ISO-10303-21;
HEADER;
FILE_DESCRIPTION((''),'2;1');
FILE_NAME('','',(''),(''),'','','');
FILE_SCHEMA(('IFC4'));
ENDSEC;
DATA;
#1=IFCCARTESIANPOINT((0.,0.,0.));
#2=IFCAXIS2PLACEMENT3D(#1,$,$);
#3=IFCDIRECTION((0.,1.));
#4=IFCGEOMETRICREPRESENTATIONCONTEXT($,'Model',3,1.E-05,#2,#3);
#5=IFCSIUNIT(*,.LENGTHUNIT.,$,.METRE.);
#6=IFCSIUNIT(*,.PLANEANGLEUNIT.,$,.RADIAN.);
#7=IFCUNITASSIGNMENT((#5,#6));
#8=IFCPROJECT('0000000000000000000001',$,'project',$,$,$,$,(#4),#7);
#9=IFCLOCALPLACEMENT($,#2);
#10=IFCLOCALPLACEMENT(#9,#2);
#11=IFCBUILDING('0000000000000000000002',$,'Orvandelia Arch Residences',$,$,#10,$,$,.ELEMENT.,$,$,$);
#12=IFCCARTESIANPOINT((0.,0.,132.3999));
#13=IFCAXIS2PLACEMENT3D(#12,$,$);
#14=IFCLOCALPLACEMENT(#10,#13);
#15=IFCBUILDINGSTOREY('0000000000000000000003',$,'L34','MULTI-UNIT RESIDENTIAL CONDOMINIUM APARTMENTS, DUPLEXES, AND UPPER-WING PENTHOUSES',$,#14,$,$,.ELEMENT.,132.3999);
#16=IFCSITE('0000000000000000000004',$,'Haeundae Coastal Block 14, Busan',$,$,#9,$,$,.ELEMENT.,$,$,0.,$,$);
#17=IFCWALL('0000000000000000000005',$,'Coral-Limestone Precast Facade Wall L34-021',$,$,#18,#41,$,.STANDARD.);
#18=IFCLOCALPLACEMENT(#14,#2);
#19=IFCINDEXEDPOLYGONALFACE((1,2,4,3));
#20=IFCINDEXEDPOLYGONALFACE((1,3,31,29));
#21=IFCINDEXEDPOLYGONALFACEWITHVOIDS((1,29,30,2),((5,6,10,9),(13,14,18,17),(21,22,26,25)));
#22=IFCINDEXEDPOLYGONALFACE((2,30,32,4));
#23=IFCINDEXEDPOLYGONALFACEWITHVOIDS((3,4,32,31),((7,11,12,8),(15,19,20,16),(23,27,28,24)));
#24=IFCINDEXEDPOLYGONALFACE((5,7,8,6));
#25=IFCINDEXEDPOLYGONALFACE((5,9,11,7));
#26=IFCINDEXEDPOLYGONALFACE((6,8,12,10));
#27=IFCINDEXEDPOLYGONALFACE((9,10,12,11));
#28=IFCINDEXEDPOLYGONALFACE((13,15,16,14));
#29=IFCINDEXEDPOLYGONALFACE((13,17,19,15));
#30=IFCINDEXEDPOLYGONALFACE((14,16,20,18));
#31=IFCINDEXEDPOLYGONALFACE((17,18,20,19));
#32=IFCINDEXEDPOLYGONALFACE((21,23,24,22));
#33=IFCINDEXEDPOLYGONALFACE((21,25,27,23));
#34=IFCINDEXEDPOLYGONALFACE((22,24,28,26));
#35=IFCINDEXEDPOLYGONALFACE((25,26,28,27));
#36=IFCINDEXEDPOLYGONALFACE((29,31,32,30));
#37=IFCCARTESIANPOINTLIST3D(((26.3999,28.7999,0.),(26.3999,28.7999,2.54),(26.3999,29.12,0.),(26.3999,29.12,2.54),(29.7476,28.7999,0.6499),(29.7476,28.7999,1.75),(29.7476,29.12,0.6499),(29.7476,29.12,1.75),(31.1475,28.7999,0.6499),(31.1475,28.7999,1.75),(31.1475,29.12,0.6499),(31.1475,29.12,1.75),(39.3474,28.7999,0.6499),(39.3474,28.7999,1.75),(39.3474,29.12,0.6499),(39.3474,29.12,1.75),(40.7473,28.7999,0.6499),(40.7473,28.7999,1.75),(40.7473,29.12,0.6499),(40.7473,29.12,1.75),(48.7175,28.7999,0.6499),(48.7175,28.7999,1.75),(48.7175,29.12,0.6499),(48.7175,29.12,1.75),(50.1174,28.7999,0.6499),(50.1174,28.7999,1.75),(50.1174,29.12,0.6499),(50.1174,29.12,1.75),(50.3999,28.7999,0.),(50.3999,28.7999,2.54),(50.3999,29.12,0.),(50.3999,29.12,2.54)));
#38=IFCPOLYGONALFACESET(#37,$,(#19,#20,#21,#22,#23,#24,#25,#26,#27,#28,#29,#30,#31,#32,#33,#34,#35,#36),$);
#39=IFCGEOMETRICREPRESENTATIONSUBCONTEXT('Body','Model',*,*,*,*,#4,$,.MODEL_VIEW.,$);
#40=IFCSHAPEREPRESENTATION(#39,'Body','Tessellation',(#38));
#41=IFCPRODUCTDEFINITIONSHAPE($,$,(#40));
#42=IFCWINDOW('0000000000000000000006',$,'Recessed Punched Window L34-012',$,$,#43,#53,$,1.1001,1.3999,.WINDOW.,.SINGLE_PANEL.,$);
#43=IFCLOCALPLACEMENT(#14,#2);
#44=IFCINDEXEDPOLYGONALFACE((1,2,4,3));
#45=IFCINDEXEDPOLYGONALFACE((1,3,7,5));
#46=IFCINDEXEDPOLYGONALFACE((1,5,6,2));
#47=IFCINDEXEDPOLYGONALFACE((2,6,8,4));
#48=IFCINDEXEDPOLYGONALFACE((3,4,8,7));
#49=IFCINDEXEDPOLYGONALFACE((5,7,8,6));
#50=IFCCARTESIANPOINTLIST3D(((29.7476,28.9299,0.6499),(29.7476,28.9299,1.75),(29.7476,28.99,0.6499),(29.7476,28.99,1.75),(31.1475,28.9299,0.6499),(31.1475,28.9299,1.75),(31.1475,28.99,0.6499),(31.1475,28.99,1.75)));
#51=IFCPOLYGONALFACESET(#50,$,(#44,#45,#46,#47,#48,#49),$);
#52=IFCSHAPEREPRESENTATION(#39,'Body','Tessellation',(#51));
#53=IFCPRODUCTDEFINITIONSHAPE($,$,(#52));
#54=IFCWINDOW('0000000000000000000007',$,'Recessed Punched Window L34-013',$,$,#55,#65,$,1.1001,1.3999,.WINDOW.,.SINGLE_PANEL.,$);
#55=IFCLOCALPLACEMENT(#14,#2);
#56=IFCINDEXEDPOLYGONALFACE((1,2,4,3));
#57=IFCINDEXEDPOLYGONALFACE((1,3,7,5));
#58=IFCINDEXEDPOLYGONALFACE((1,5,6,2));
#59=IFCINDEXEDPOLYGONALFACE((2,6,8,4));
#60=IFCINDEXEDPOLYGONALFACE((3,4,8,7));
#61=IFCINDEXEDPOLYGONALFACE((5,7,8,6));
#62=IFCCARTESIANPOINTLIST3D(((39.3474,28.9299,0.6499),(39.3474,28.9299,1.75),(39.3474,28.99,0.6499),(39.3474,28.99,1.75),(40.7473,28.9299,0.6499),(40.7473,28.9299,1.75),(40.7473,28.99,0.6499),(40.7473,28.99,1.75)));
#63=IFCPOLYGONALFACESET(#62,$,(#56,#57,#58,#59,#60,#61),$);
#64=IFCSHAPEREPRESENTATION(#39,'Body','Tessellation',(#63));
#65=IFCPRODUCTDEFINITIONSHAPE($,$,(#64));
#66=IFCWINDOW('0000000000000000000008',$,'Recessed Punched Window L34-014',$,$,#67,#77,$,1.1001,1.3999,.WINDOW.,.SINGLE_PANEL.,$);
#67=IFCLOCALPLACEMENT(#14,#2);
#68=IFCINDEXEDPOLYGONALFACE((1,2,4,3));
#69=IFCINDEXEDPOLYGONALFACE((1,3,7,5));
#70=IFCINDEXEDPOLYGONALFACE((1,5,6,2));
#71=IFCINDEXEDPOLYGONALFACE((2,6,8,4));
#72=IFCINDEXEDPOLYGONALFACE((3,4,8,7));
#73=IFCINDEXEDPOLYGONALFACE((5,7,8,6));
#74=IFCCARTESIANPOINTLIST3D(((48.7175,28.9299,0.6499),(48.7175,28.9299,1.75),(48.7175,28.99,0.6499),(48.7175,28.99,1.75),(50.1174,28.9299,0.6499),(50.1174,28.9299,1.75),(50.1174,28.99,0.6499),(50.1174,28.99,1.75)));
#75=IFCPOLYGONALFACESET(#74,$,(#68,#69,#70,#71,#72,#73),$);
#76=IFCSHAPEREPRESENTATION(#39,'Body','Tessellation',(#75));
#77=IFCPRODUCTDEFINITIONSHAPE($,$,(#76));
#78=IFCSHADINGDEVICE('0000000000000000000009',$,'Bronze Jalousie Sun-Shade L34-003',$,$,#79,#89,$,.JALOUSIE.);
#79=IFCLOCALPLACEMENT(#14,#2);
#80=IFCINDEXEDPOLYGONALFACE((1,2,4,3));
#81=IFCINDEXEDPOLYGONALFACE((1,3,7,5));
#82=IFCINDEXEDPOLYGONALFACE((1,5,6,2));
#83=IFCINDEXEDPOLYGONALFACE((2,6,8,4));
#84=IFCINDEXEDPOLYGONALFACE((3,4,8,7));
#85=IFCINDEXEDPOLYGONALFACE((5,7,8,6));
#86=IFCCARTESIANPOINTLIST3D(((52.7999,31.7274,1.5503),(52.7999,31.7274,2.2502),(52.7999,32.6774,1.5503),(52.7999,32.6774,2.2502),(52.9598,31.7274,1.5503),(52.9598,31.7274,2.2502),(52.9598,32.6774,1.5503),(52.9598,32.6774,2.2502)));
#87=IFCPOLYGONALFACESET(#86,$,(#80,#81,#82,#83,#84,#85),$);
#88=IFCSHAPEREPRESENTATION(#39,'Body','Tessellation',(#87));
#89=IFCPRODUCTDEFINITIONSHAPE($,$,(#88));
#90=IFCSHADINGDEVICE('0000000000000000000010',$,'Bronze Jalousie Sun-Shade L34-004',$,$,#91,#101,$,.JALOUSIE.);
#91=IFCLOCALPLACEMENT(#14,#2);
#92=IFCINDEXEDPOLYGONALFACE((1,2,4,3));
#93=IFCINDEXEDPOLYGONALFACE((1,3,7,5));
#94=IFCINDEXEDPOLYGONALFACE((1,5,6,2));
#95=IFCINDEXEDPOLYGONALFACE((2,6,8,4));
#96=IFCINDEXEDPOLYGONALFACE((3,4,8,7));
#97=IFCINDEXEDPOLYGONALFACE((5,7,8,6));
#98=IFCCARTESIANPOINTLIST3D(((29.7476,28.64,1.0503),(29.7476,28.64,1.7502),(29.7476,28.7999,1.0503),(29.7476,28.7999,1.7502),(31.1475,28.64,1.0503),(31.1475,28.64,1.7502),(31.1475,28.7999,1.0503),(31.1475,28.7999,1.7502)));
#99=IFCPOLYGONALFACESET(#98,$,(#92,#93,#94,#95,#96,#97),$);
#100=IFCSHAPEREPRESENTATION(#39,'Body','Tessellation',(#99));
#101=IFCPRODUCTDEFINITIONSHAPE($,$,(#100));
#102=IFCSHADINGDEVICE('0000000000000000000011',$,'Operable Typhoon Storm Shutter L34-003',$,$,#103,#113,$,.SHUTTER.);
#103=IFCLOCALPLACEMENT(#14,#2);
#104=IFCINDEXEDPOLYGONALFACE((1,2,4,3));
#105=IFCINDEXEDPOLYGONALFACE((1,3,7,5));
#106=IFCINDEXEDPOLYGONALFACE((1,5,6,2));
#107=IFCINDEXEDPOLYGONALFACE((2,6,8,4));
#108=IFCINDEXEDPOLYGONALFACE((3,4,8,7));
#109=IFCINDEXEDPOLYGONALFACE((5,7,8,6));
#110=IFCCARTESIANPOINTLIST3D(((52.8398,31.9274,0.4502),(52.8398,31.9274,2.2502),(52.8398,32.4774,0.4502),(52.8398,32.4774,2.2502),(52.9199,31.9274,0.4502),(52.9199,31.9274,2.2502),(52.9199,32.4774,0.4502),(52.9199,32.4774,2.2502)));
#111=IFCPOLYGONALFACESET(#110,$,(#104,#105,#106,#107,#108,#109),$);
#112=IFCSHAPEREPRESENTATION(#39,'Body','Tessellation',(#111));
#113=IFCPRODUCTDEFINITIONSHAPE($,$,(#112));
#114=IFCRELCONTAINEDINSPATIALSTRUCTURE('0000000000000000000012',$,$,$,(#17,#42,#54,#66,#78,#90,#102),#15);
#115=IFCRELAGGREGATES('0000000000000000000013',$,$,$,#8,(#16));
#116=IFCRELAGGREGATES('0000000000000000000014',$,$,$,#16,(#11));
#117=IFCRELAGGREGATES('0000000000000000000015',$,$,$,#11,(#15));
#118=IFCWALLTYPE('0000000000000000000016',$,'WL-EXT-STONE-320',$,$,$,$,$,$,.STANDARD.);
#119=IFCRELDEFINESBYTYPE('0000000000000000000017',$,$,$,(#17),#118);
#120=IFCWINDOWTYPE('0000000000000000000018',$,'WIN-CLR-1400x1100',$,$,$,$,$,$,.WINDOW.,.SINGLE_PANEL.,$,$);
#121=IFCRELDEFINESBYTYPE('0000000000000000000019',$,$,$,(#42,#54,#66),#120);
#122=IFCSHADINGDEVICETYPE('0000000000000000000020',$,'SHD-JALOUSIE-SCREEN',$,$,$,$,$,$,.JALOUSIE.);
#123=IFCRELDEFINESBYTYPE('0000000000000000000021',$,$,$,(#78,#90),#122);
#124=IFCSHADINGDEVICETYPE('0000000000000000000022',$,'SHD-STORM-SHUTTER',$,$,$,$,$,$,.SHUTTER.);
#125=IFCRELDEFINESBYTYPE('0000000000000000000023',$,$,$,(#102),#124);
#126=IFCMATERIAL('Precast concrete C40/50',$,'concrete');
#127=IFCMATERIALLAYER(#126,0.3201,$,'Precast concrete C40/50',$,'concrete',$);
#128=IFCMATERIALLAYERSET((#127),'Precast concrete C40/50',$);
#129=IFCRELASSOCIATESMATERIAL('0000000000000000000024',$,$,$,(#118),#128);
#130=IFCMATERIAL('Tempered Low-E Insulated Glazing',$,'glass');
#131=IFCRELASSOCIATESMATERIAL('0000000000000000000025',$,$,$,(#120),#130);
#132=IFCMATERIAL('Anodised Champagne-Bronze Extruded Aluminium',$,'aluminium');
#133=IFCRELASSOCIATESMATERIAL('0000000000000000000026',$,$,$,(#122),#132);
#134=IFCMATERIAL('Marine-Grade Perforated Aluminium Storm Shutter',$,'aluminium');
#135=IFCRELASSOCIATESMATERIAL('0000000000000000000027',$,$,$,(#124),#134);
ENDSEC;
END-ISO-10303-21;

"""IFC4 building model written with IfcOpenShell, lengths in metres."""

from ifc_helpers import new_model, si_unit, direction, frame, frame_2d, origin, origin_2d, place, context, subcontext, project, spatial, rectangle, extrude, material, layer, layer_set, type_object, element, fill, save


model = new_model("IFC4")

# Units and contexts
model_context = context("Model", 3, precision=1e-05, world=origin(), true_north=direction((0.0, 1.0)))
body_context = subcontext(model_context, "Body", "Model", "MODEL_VIEW")
ifc_project = project(units=[si_unit("LENGTHUNIT", "METRE"), si_unit("PLANEANGLEUNIT", "RADIAN")], contexts=[model_context])

# Site, building, storey
site_placement = place(None, origin())
site = spatial("IfcSite", under=ifc_project, at=site_placement, Name="Haeundae Coastal Block 14, Busan", CompositionType="ELEMENT", RefElevation=0.0)
building_placement = place(site_placement, origin())
building = spatial("IfcBuilding", under=site, at=building_placement, Name="Orvandelia Arch Residences", CompositionType="ELEMENT")
storey_placement = place(building_placement, frame((0.0, 0.0, 132.3999)))
storey = spatial("IfcBuildingStorey", under=building, at=storey_placement, Name="L34", Description="MULTI-UNIT RESIDENTIAL CONDOMINIUM APARTMENTS, DUPLEXES, AND UPPER-WING PENTHOUSES", CompositionType="ELEMENT", Elevation=132.3999)

# Shared definitions
ifc_material_1 = material(Name="Precast concrete C40/50", Category="concrete")
ifc_layer_1 = layer(ifc_material_1, 0.3201, Name="Precast concrete C40/50", Category="concrete")
ifc_layer_set_1 = layer_set([ifc_layer_1], Name="Precast concrete C40/50")
wall_type_1 = type_object("IfcWallType", Name="WL-EXT-STONE-320", PredefinedType="STANDARD", material=ifc_layer_set_1)

# Wall, openings, windows
wall_1_placement = place(storey_placement, frame((50.3999, 28.96, 0.0), z_axis=(0.0, 0.0, 1.0), x_axis=(-1.0, 0.0, 0.0)))
wall_1 = element("IfcWall", 1, at=wall_1_placement, inside=storey, type_object=wall_type_1, Name="Coral-Limestone Precast Facade Wall L34-021", PredefinedType="STANDARD", context=body_context, shape_type="SweptSolid", body=[
    extrude(rectangle(XDim=24.0, YDim=0.3201, at=frame_2d((12.0, 0.0))), origin(), (0.0, 0.0, 1.0), 2.54),
])
opening_1_placement = place(wall_1_placement, frame((19.2524, 0.0, 0.6499)))
opening_1 = element("IfcOpeningElement", 2, at=opening_1_placement, cuts=wall_1, PredefinedType="OPENING", context=body_context, shape_type="SweptSolid", body=[
    extrude(rectangle(XDim=1.3999, YDim=1.1001, at=frame_2d((0.7, 0.55))), frame((0.0, 0.1699, 0.0), z_axis=(0.0, -1.0, 0.0), x_axis=(1.0, 0.0, 0.0)), (0.0, 0.0, 1.0), 0.3401),
])
opening_2_placement = place(wall_1_placement, frame((9.6526, 0.0, 0.6499)))
opening_2 = element("IfcOpeningElement", 3, at=opening_2_placement, cuts=wall_1, PredefinedType="OPENING", context=body_context, shape_type="SweptSolid", body=[
    extrude(rectangle(XDim=1.3999, YDim=1.1001, at=frame_2d((0.7, 0.55))), frame((0.0, 0.1699, 0.0), z_axis=(0.0, -1.0, 0.0), x_axis=(1.0, 0.0, 0.0)), (0.0, 0.0, 1.0), 0.3401),
])
opening_3_placement = place(wall_1_placement, frame((0.2825, 0.0, 0.6499)))
opening_3 = element("IfcOpeningElement", 4, at=opening_3_placement, cuts=wall_1, PredefinedType="OPENING", context=body_context, shape_type="SweptSolid", body=[
    extrude(rectangle(XDim=1.3999, YDim=1.1001, at=frame_2d((0.7, 0.55))), frame((0.0, 0.1699, 0.0), z_axis=(0.0, -1.0, 0.0), x_axis=(1.0, 0.0, 0.0)), (0.0, 0.0, 1.0), 0.3401),
])
ifc_material_2 = material(Name="Tempered Low-E Insulated Glazing", Category="glass")
window_type = type_object("IfcWindowType", Name="WIN-CLR-1400x1100", PartitioningType="SINGLE_PANEL", PredefinedType="WINDOW", material=ifc_material_2)
window_1_placement = place(opening_1_placement, origin())
window_1 = element("IfcWindow", 5, at=window_1_placement, inside=storey, type_object=window_type, Name="Recessed Punched Window L34-012", OverallHeight=1.1001, OverallWidth=1.3999, PartitioningType="SINGLE_PANEL", PredefinedType="WINDOW", context=body_context, shape_type="SweptSolid", body=[
    extrude(rectangle(XDim=1.3999, YDim=1.1001, at=frame_2d((0.7, 0.55))), frame((0.0, 0.03, 0.0), z_axis=(0.0, -1.0, 0.0), x_axis=(1.0, 0.0, 0.0)), (0.0, 0.0, 1.0), 0.0601),
])
fill(opening_1, window_1)
window_2_placement = place(opening_2_placement, origin())
window_2 = element("IfcWindow", 6, at=window_2_placement, inside=storey, type_object=window_type, Name="Recessed Punched Window L34-013", OverallHeight=1.1001, OverallWidth=1.3999, PartitioningType="SINGLE_PANEL", PredefinedType="WINDOW", context=body_context, shape_type="SweptSolid", body=[
    extrude(rectangle(XDim=1.3999, YDim=1.1001, at=frame_2d((0.7, 0.55))), frame((0.0, 0.03, 0.0), z_axis=(0.0, -1.0, 0.0), x_axis=(1.0, 0.0, 0.0)), (0.0, 0.0, 1.0), 0.0601),
])
fill(opening_2, window_2)
window_3_placement = place(opening_3_placement, origin())
window_3 = element("IfcWindow", 7, at=window_3_placement, inside=storey, type_object=window_type, Name="Recessed Punched Window L34-014", OverallHeight=1.1001, OverallWidth=1.3999, PartitioningType="SINGLE_PANEL", PredefinedType="WINDOW", context=body_context, shape_type="SweptSolid", body=[
    extrude(rectangle(XDim=1.3999, YDim=1.1001, at=frame_2d((0.7, 0.55))), frame((0.0, 0.03, 0.0), z_axis=(0.0, -1.0, 0.0), x_axis=(1.0, 0.0, 0.0)), (0.0, 0.0, 1.0), 0.0601),
])
fill(opening_3, window_3)

# Shading devices
ifc_material_3 = material(Name="Anodised Champagne-Bronze Extruded Aluminium", Category="aluminium")
shading_device_type_1 = type_object("IfcShadingDeviceType", Name="SHD-JALOUSIE-SCREEN", PredefinedType="JALOUSIE", material=ifc_material_3)
shading_device_1_placement = place(storey_placement, frame((52.8799, 32.2024, 1.5503), z_axis=(0.0, 0.0, 1.0), x_axis=(0.0, -1.0, 0.0)))
element("IfcShadingDevice", 8, at=shading_device_1_placement, inside=storey, type_object=shading_device_type_1, Name="Bronze Jalousie Sun-Shade L34-003", PredefinedType="JALOUSIE", context=body_context, shape_type="SweptSolid", body=[
    extrude(rectangle(XDim=0.95, YDim=0.1599, at=origin_2d()), origin(), (0.0, 0.0, 1.0), 0.7),
])
shading_device_2_placement = place(storey_placement, frame((30.4475, 28.72, 1.0503), z_axis=(0.0, 0.0, 1.0), x_axis=(-1.0, 0.0, 0.0)))
element("IfcShadingDevice", 9, at=shading_device_2_placement, inside=storey, type_object=shading_device_type_1, Name="Bronze Jalousie Sun-Shade L34-004", PredefinedType="JALOUSIE", context=body_context, shape_type="SweptSolid", body=[
    extrude(rectangle(XDim=1.3999, YDim=0.1599, at=origin_2d()), origin(), (0.0, 0.0, 1.0), 0.7),
])
ifc_material_4 = material(Name="Marine-Grade Perforated Aluminium Storm Shutter", Category="aluminium")
shading_device_type_2 = type_object("IfcShadingDeviceType", Name="SHD-STORM-SHUTTER", PredefinedType="SHUTTER", material=ifc_material_4)
shading_device_3_placement = place(storey_placement, frame((52.8799, 32.2024, 0.4502), z_axis=(0.0, 0.0, 1.0), x_axis=(0.0, -1.0, 0.0)))
element("IfcShadingDevice", 10, at=shading_device_3_placement, inside=storey, type_object=shading_device_type_2, Name="Operable Typhoon Storm Shutter L34-003", PredefinedType="SHUTTER", context=body_context, shape_type="SweptSolid", body=[
    extrude(rectangle(XDim=0.55, YDim=0.0801, at=origin_2d()), origin(), (0.0, 0.0, 1.0), 1.8),
])

save(model, "model.ifc")
